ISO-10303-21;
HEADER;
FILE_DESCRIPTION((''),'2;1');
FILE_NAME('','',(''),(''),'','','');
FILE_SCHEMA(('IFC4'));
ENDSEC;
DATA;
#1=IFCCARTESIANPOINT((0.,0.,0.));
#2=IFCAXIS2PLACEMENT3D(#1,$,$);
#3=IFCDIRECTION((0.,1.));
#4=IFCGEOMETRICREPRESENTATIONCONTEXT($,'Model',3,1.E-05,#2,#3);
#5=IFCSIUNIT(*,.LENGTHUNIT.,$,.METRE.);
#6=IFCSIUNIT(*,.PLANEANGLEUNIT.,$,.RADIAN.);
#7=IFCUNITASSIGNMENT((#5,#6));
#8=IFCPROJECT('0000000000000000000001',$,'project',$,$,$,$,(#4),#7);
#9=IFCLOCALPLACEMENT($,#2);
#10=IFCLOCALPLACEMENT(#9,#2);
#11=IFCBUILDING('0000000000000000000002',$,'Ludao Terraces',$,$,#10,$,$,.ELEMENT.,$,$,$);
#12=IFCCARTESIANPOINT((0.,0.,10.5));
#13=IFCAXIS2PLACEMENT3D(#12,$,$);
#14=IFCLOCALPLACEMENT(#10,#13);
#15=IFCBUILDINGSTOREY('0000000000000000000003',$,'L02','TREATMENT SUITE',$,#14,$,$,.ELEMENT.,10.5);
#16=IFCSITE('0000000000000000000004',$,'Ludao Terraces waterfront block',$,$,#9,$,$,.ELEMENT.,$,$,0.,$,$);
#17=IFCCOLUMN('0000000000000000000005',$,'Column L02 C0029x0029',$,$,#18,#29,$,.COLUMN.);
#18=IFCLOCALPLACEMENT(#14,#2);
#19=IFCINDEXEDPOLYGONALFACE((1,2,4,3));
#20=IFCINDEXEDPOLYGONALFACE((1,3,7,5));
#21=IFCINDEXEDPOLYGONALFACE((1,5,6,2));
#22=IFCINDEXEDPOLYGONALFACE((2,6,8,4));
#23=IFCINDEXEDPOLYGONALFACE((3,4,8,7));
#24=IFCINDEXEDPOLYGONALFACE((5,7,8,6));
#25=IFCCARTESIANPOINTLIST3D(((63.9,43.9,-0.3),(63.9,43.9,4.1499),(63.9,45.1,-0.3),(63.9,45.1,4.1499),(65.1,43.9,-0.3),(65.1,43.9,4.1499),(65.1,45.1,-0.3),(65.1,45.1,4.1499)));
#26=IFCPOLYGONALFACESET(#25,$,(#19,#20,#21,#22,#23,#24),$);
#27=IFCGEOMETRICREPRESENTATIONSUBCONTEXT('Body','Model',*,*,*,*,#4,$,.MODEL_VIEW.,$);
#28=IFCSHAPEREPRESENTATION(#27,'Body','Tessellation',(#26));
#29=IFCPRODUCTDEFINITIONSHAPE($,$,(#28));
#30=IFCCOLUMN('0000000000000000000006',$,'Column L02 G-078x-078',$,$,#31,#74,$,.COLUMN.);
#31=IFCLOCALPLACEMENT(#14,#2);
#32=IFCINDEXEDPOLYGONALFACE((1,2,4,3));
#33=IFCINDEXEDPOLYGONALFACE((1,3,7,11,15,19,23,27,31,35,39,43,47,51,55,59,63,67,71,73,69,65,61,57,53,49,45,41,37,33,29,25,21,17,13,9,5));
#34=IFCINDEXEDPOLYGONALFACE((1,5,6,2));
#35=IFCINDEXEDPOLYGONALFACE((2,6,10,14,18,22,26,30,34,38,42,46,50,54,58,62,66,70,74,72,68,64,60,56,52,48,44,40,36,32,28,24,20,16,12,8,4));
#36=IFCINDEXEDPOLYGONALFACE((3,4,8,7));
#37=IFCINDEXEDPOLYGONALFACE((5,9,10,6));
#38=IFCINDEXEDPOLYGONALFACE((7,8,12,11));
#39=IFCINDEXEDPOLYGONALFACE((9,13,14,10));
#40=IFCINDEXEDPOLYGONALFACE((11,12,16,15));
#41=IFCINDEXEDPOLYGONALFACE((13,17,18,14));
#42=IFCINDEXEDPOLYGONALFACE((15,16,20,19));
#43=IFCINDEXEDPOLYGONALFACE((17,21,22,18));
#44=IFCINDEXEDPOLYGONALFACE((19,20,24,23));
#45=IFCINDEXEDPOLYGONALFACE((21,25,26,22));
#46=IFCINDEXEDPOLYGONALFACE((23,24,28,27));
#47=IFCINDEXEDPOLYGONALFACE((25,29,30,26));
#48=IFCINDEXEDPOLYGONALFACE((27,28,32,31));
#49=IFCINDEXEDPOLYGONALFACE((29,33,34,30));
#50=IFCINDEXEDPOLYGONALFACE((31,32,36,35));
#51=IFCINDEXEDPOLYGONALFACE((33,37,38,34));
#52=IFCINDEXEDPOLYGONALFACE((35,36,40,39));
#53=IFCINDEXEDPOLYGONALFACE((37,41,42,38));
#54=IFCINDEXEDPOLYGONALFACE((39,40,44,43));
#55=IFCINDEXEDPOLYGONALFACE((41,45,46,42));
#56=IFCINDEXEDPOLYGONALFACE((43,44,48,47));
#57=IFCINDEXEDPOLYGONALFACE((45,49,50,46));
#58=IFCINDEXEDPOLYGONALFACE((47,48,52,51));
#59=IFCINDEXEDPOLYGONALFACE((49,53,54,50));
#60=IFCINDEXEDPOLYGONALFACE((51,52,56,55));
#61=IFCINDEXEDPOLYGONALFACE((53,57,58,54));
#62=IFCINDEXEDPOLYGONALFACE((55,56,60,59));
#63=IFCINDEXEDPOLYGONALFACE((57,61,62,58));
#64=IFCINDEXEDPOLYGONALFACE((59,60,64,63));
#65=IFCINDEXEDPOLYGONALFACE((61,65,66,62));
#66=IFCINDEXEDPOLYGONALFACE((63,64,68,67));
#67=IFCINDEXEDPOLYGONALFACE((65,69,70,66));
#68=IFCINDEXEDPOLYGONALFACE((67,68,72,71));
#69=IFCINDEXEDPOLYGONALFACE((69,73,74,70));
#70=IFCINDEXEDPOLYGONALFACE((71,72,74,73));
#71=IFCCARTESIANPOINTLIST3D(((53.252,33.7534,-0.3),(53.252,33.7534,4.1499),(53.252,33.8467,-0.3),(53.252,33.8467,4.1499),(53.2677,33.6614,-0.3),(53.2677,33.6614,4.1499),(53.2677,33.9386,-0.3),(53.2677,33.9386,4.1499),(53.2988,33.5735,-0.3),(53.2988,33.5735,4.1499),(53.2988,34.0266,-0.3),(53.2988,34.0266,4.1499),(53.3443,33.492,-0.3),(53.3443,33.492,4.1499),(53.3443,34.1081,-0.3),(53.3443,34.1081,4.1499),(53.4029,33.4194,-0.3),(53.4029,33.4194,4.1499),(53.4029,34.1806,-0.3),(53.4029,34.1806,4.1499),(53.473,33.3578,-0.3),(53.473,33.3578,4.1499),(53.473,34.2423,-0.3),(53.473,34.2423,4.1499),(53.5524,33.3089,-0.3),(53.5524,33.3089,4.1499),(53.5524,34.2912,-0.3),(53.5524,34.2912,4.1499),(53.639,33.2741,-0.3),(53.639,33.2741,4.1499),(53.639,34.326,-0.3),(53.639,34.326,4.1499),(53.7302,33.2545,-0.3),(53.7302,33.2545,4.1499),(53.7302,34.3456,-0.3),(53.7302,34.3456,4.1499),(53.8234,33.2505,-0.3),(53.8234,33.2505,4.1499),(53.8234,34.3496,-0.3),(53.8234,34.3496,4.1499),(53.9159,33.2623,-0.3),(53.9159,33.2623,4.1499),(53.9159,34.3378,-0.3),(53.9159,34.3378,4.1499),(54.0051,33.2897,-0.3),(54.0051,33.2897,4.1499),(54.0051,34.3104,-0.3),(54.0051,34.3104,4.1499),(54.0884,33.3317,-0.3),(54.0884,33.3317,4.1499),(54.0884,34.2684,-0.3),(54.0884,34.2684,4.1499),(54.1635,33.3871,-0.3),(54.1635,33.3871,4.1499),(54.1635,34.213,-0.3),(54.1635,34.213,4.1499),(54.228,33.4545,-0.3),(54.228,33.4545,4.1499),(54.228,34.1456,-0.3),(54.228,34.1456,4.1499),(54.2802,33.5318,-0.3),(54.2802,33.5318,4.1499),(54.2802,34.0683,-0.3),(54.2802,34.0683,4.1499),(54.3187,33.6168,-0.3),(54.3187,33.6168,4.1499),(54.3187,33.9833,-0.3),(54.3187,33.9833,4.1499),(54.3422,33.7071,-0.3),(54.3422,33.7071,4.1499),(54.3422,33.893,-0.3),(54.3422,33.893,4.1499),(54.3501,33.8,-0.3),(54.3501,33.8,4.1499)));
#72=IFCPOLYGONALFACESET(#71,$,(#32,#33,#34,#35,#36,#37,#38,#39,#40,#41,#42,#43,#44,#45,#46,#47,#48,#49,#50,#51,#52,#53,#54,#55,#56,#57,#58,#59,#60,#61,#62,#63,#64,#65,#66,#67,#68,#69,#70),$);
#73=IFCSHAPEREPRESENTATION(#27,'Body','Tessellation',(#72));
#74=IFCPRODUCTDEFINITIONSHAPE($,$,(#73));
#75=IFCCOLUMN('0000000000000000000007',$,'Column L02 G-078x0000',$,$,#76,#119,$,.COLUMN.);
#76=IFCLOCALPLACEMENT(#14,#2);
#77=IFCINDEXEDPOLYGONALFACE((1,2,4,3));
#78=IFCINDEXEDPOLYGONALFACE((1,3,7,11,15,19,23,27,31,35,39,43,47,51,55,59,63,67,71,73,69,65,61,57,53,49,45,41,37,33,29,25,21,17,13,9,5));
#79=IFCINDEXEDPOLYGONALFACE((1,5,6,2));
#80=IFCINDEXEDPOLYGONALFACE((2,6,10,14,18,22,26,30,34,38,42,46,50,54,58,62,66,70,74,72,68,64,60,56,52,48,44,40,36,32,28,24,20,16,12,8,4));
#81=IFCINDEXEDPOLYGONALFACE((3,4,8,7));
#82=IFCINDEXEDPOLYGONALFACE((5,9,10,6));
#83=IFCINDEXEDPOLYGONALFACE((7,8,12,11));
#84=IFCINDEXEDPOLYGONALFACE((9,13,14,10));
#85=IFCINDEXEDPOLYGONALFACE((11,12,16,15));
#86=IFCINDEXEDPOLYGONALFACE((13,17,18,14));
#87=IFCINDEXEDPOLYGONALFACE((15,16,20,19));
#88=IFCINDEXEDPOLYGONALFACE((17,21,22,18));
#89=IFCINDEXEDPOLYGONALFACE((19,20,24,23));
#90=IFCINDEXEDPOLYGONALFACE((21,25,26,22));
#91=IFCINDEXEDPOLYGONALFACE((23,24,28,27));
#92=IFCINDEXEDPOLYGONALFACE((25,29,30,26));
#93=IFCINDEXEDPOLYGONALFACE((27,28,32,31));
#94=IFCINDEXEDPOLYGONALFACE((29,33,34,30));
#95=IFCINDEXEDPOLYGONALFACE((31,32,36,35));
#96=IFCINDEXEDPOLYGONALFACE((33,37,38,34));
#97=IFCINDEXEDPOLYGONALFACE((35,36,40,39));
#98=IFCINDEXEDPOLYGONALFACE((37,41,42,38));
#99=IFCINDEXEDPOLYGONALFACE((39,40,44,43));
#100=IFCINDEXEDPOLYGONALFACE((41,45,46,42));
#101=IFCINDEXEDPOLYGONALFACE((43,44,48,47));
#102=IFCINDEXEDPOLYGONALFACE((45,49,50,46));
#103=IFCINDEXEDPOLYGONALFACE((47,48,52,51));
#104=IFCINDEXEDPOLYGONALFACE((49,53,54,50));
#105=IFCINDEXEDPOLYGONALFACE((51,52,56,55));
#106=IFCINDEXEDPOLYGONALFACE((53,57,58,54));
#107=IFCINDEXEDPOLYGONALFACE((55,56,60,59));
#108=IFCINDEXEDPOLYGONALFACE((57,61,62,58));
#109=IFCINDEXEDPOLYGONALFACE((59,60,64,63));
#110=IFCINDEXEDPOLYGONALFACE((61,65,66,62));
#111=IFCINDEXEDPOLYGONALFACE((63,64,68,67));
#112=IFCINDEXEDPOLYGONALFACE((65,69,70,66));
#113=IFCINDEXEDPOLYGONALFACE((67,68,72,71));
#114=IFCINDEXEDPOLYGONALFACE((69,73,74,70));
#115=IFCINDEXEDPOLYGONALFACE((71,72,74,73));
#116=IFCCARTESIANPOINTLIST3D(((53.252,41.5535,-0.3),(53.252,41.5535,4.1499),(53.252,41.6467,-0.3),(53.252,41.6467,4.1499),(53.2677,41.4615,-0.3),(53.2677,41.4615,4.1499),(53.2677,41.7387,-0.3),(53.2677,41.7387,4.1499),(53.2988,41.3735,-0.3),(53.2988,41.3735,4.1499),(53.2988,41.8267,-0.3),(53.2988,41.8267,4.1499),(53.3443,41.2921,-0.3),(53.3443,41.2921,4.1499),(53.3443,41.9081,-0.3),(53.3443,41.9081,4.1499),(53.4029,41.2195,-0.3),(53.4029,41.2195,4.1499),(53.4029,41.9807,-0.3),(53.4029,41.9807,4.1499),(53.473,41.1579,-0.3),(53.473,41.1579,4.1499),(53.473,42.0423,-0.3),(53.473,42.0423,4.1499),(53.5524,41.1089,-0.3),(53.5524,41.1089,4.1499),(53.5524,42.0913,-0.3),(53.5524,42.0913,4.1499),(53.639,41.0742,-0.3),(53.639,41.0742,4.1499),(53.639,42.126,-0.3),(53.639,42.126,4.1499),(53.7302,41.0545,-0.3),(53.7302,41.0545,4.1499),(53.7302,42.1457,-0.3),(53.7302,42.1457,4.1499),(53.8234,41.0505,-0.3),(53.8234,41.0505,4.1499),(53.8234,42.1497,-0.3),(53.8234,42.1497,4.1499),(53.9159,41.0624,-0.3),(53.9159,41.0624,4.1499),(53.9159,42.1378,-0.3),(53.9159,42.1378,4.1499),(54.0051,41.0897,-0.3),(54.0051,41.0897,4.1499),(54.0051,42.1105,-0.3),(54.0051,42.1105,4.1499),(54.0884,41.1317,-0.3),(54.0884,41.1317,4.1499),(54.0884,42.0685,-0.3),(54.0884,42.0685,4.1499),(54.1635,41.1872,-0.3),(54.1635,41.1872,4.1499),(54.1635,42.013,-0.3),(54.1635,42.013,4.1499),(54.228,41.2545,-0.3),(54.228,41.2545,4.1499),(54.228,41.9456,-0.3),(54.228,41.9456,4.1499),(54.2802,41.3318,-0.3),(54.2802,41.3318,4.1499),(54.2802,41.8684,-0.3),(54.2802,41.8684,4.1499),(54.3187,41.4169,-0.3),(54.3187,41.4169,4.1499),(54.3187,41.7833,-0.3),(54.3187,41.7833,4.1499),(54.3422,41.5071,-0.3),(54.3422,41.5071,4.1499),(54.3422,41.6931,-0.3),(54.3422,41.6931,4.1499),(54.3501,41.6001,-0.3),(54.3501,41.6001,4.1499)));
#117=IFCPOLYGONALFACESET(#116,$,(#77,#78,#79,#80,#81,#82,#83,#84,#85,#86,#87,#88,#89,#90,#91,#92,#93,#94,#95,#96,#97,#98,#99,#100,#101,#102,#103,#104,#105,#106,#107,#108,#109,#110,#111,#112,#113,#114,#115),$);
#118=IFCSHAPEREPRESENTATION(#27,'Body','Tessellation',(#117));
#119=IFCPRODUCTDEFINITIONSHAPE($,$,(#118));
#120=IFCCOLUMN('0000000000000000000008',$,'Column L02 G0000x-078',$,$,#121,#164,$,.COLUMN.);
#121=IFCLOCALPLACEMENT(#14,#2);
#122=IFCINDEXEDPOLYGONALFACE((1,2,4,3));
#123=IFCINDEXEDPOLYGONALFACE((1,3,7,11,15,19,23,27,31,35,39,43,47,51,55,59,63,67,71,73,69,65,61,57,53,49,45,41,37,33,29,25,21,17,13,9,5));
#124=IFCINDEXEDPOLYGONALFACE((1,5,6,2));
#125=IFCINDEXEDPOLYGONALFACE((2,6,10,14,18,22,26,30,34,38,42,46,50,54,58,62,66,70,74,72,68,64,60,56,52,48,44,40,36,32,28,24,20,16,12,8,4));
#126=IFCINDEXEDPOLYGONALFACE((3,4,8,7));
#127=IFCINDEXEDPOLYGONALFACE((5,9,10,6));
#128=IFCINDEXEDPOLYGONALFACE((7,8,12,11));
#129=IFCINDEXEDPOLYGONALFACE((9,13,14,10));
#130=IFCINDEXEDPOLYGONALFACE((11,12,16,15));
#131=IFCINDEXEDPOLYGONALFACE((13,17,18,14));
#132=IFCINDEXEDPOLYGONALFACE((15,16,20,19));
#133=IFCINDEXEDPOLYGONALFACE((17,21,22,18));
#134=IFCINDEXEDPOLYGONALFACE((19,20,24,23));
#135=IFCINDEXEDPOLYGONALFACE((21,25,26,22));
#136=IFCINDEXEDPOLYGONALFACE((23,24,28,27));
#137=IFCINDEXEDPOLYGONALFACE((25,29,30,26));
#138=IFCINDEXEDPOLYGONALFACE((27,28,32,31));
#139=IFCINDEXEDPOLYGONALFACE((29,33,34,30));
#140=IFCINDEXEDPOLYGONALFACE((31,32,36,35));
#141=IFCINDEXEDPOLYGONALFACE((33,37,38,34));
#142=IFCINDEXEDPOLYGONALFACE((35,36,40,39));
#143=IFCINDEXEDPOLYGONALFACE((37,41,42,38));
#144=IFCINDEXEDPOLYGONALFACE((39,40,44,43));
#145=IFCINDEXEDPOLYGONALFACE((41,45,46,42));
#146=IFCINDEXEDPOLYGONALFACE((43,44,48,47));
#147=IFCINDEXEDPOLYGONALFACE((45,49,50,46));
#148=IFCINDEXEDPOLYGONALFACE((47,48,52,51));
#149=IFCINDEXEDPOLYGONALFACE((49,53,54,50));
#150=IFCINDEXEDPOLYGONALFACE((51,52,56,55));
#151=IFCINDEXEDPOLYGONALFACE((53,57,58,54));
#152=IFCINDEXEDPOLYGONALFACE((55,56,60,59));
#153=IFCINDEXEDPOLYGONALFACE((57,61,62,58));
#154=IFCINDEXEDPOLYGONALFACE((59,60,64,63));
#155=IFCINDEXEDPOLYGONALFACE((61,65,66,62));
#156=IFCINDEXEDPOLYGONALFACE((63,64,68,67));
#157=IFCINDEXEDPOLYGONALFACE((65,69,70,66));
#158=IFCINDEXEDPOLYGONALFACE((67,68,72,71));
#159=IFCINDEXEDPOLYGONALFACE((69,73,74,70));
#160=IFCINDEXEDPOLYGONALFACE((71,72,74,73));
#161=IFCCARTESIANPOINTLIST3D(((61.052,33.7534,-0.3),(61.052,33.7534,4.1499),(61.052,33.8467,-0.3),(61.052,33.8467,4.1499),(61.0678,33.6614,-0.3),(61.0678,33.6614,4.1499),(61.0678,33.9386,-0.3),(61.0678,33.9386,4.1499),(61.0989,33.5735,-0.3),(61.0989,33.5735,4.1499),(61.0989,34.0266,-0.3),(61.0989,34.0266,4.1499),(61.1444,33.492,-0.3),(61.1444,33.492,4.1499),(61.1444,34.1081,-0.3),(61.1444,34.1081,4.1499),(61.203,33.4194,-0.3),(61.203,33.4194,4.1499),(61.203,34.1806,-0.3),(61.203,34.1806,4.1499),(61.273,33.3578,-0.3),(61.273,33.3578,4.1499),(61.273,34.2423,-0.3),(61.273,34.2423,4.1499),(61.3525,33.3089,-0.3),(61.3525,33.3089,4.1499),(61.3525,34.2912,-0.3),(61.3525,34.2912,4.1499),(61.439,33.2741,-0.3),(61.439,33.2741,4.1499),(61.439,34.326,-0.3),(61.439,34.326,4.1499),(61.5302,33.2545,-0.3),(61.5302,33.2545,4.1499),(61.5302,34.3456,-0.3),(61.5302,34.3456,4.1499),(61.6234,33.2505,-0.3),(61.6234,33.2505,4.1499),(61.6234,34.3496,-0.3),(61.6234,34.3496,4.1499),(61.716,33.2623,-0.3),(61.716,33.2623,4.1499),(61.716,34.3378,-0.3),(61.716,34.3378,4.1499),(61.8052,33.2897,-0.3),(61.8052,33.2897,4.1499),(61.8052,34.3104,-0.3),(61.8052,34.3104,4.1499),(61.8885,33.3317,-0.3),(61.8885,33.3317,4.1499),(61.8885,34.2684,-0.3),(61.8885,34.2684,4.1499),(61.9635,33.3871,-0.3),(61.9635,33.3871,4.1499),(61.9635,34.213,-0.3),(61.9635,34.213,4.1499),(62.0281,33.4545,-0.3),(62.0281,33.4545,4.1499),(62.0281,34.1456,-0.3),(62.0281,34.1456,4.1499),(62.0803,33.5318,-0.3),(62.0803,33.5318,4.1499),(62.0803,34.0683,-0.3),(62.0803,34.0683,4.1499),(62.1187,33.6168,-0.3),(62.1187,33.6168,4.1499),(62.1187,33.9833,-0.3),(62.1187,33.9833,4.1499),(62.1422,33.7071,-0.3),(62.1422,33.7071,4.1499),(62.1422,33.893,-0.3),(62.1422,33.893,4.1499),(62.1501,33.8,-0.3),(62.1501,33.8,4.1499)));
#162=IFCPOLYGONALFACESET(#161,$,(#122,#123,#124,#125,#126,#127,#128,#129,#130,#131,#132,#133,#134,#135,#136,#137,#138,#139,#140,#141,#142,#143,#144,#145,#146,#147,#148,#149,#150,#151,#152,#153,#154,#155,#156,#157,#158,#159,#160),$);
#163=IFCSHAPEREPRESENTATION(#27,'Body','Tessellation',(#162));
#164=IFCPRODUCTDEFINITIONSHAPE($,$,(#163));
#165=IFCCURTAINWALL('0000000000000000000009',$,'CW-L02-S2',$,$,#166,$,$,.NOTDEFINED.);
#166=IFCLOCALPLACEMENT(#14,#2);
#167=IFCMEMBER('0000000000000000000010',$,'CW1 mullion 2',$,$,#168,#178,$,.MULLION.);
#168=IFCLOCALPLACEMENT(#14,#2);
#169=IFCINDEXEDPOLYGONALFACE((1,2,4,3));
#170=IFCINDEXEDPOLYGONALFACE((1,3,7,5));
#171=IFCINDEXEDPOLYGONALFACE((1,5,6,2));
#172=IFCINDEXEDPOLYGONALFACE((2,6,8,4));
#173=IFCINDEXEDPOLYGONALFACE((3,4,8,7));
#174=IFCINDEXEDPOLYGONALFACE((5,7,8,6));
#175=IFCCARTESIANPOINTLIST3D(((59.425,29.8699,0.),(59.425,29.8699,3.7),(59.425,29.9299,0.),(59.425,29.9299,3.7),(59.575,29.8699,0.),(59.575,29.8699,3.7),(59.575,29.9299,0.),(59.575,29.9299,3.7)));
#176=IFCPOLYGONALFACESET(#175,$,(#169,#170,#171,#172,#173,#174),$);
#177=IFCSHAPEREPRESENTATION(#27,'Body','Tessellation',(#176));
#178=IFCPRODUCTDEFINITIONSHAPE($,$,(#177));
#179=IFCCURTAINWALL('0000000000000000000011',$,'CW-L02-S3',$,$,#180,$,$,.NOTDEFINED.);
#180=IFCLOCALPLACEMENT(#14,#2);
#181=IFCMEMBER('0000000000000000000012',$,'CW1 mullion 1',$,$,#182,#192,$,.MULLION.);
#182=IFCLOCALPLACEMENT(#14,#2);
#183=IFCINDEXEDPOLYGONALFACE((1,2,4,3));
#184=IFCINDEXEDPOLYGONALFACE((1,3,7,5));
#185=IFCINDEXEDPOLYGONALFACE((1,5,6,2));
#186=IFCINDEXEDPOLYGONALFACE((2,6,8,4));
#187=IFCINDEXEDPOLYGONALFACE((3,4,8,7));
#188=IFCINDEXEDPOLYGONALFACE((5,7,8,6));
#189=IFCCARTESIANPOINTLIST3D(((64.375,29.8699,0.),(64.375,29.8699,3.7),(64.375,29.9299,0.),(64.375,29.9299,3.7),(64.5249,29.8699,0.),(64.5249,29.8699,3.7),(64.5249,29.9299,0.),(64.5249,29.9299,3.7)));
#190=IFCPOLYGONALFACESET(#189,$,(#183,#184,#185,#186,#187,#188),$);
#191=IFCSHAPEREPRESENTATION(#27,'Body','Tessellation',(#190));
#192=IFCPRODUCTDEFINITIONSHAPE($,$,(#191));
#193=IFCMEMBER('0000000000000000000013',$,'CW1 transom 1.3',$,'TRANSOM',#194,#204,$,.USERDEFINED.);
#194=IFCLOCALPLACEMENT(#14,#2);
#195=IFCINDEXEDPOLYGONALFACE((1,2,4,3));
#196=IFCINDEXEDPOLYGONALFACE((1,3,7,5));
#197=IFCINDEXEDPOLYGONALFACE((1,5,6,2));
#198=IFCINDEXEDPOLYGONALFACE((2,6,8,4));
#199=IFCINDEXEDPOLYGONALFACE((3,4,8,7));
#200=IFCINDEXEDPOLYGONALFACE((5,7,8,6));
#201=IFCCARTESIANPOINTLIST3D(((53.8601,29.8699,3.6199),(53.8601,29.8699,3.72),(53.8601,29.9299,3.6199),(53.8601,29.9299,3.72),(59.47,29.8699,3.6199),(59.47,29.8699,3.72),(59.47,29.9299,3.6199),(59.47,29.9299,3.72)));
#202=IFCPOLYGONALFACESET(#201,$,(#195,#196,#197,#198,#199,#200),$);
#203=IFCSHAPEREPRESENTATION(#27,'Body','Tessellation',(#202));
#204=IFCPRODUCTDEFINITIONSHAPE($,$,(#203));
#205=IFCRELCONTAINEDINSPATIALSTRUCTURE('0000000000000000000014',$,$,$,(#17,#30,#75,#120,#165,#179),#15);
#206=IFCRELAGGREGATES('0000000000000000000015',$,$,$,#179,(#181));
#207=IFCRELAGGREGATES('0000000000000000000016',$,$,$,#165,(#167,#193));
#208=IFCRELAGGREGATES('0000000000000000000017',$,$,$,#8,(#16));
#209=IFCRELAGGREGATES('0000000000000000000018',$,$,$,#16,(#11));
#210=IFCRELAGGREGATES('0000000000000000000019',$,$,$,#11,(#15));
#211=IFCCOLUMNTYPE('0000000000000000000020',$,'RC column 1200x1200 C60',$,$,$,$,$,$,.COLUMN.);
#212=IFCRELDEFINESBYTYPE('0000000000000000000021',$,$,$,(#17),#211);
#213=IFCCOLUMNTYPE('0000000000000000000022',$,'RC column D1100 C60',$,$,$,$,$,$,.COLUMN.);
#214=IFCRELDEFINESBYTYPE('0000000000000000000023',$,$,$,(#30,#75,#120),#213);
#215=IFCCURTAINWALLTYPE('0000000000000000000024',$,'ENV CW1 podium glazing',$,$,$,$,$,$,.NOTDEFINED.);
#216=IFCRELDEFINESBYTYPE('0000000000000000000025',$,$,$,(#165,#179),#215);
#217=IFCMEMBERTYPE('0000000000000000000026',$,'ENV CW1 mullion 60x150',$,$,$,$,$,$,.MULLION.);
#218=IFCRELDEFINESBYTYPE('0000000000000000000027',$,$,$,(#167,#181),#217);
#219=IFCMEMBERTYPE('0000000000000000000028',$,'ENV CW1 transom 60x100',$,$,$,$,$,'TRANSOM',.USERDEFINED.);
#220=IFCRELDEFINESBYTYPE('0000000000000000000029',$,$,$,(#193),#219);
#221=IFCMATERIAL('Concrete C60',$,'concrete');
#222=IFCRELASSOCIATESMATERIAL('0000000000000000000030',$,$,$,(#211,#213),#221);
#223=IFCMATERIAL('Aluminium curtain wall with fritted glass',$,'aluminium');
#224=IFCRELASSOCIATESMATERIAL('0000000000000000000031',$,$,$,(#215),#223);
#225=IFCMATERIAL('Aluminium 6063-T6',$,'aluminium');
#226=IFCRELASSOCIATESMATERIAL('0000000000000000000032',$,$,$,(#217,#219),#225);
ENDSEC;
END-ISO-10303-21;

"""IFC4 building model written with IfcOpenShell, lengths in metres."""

from ifc_helpers import new_model, si_unit, direction, frame, origin, origin_2d, place, context, subcontext, project, spatial, rectangle, circle, extrude, material, material_profile, profile_set, type_object, element, aggregate, save


model = new_model("IFC4")

# Units and contexts
model_context = context("Model", 3, precision=1e-05, world=origin(), true_north=direction((0.0, 1.0)))
body_context = subcontext(model_context, "Body", "Model", "MODEL_VIEW")
ifc_project = project(units=[si_unit("LENGTHUNIT", "METRE"), si_unit("PLANEANGLEUNIT", "RADIAN")], contexts=[model_context])

# Site, building, storey
site_placement = place(None, origin())
site = spatial("IfcSite", under=ifc_project, at=site_placement, Name="Ludao Terraces waterfront block", CompositionType="ELEMENT", RefElevation=0.0)
building_placement = place(site_placement, origin())
building = spatial("IfcBuilding", under=site, at=building_placement, Name="Ludao Terraces", CompositionType="ELEMENT")
storey_placement = place(building_placement, frame((0.0, 0.0, 10.5)))
storey = spatial("IfcBuildingStorey", under=building, at=storey_placement, Name="L02", Description="TREATMENT SUITE", CompositionType="ELEMENT", Elevation=10.5)

# Columns
ifc_material_1 = material(Name="Concrete C60", Category="concrete")
ifc_material_profile_1 = material_profile(ifc_material_1, rectangle(XDim=1.2, YDim=1.2, at=origin_2d()), Name="1200 X 1200")
ifc_profile_set_1 = profile_set([ifc_material_profile_1], Name="Concrete C60")
column_type_1 = type_object("IfcColumnType", Name="RC column 1200x1200 C60", PredefinedType="COLUMN", material=ifc_profile_set_1)
column_placement = place(storey_placement, frame((64.5, 44.5, -0.3), z_axis=(0.0, 0.0, 1.0), x_axis=(1.0, 0.0, 0.0)))
element("IfcColumn", 1, at=column_placement, inside=storey, type_object=column_type_1, Name="Column L02 C0029x0029", PredefinedType="COLUMN", context=body_context, shape_type="SweptSolid", body=[
    extrude(rectangle(XDim=1.2, YDim=1.2, at=origin_2d()), origin(), (0.0, 0.0, 1.0), 4.45),
])
ifc_material_profile_2 = material_profile(ifc_material_1, circle(Radius=0.55, at=origin_2d()), Name="D1100")
ifc_profile_set_2 = profile_set([ifc_material_profile_2], Name="Concrete C60")
column_type_2 = type_object("IfcColumnType", Name="RC column D1100 C60", PredefinedType="COLUMN", material=ifc_profile_set_2)
for number, where, z_axis, x_axis, name in (
    (2, (53.8, 33.8, -0.3), (0.0, 0.0, 1.0), (1.0, 0.0, 0.0), "Column L02 G-078x-078"),
    (3, (53.8, 41.6001, -0.3), (0.0, 0.0, 1.0), (1.0, 0.0, 0.0), "Column L02 G-078x0000"),
    (4, (61.6001, 33.8, -0.3), (0.0, 0.0, 1.0), (1.0, 0.0, 0.0), "Column L02 G0000x-078"),
):
    element("IfcColumn", number, at=place(storey_placement, frame(where, z_axis=z_axis, x_axis=x_axis)), inside=storey, type_object=column_type_2, Name=name, PredefinedType="COLUMN", context=body_context, shape_type="SweptSolid", body=[
        extrude(circle(Radius=0.55, at=origin_2d()), origin(), (0.0, 0.0, 1.0), 4.45),
    ])

# Curtain walls, members
ifc_material_2 = material(Name="Aluminium curtain wall with fritted glass", Category="aluminium")
curtain_wall_type = type_object("IfcCurtainWallType", Name="ENV CW1 podium glazing", PredefinedType="NOTDEFINED", material=ifc_material_2)
curtain_wall_1_placement = place(storey_placement, origin())
curtain_wall_1 = element("IfcCurtainWall", 5, at=curtain_wall_1_placement, inside=storey, type_object=curtain_wall_type, Name="CW-L02-S2", PredefinedType="NOTDEFINED")
ifc_material_3 = material(Name="Aluminium 6063-T6", Category="aluminium")
ifc_material_profile_3 = material_profile(ifc_material_3, rectangle(XDim=0.0601, YDim=0.1499, at=origin_2d()), Name="60 X 150")
ifc_profile_set_3 = profile_set([ifc_material_profile_3], Name="Aluminium 6063-T6")
member_type_1 = type_object("IfcMemberType", Name="ENV CW1 mullion 60x150", PredefinedType="MULLION", material=ifc_profile_set_3)
member_1_placement = place(storey_placement, frame((59.5, 29.8999, 0.0), z_axis=(0.0, 0.0, 1.0), x_axis=(0.0, 1.0, 0.0)))
member_1 = element("IfcMember", 6, at=member_1_placement, type_object=member_type_1, Name="CW1 mullion 2", PredefinedType="MULLION", context=body_context, shape_type="SweptSolid", body=[
    extrude(rectangle(XDim=0.0601, YDim=0.1499, at=origin_2d()), origin(), (0.0, 0.0, 1.0), 3.7),
])
curtain_wall_2_placement = place(storey_placement, origin())
curtain_wall_2 = element("IfcCurtainWall", 7, at=curtain_wall_2_placement, inside=storey, type_object=curtain_wall_type, Name="CW-L02-S3", PredefinedType="NOTDEFINED")
member_2_placement = place(storey_placement, frame((64.45, 29.8999, 0.0), z_axis=(0.0, 0.0, 1.0), x_axis=(0.0, 1.0, 0.0)))
member_2 = element("IfcMember", 8, at=member_2_placement, type_object=member_type_1, Name="CW1 mullion 1", PredefinedType="MULLION", context=body_context, shape_type="SweptSolid", body=[
    extrude(rectangle(XDim=0.0601, YDim=0.1499, at=origin_2d()), origin(), (0.0, 0.0, 1.0), 3.7),
])

# Member
ifc_material_profile_4 = material_profile(ifc_material_3, rectangle(XDim=0.0601, YDim=0.1001, at=origin_2d()), Name="60 X 100")
ifc_profile_set_4 = profile_set([ifc_material_profile_4], Name="Aluminium 6063-T6")
member_type_2 = type_object("IfcMemberType", Name="ENV CW1 transom 60x100", ElementType="TRANSOM", PredefinedType="USERDEFINED", material=ifc_profile_set_4)
member_3_placement = place(storey_placement, frame((53.8601, 29.8999, 3.6699), z_axis=(1.0, 0.0, 0.0), x_axis=(0.0, 1.0, 0.0)))
member_3 = element("IfcMember", 9, at=member_3_placement, type_object=member_type_2, Name="CW1 transom 1.3", ObjectType="TRANSOM", PredefinedType="USERDEFINED", context=body_context, shape_type="SweptSolid", body=[
    extrude(rectangle(XDim=0.0601, YDim=0.1001, at=origin_2d()), origin(), (0.0, 0.0, 1.0), 5.6099),
])
aggregate(curtain_wall_2, [member_2])

aggregate(curtain_wall_1, [member_1, member_3])

save(model, "model.ifc")
